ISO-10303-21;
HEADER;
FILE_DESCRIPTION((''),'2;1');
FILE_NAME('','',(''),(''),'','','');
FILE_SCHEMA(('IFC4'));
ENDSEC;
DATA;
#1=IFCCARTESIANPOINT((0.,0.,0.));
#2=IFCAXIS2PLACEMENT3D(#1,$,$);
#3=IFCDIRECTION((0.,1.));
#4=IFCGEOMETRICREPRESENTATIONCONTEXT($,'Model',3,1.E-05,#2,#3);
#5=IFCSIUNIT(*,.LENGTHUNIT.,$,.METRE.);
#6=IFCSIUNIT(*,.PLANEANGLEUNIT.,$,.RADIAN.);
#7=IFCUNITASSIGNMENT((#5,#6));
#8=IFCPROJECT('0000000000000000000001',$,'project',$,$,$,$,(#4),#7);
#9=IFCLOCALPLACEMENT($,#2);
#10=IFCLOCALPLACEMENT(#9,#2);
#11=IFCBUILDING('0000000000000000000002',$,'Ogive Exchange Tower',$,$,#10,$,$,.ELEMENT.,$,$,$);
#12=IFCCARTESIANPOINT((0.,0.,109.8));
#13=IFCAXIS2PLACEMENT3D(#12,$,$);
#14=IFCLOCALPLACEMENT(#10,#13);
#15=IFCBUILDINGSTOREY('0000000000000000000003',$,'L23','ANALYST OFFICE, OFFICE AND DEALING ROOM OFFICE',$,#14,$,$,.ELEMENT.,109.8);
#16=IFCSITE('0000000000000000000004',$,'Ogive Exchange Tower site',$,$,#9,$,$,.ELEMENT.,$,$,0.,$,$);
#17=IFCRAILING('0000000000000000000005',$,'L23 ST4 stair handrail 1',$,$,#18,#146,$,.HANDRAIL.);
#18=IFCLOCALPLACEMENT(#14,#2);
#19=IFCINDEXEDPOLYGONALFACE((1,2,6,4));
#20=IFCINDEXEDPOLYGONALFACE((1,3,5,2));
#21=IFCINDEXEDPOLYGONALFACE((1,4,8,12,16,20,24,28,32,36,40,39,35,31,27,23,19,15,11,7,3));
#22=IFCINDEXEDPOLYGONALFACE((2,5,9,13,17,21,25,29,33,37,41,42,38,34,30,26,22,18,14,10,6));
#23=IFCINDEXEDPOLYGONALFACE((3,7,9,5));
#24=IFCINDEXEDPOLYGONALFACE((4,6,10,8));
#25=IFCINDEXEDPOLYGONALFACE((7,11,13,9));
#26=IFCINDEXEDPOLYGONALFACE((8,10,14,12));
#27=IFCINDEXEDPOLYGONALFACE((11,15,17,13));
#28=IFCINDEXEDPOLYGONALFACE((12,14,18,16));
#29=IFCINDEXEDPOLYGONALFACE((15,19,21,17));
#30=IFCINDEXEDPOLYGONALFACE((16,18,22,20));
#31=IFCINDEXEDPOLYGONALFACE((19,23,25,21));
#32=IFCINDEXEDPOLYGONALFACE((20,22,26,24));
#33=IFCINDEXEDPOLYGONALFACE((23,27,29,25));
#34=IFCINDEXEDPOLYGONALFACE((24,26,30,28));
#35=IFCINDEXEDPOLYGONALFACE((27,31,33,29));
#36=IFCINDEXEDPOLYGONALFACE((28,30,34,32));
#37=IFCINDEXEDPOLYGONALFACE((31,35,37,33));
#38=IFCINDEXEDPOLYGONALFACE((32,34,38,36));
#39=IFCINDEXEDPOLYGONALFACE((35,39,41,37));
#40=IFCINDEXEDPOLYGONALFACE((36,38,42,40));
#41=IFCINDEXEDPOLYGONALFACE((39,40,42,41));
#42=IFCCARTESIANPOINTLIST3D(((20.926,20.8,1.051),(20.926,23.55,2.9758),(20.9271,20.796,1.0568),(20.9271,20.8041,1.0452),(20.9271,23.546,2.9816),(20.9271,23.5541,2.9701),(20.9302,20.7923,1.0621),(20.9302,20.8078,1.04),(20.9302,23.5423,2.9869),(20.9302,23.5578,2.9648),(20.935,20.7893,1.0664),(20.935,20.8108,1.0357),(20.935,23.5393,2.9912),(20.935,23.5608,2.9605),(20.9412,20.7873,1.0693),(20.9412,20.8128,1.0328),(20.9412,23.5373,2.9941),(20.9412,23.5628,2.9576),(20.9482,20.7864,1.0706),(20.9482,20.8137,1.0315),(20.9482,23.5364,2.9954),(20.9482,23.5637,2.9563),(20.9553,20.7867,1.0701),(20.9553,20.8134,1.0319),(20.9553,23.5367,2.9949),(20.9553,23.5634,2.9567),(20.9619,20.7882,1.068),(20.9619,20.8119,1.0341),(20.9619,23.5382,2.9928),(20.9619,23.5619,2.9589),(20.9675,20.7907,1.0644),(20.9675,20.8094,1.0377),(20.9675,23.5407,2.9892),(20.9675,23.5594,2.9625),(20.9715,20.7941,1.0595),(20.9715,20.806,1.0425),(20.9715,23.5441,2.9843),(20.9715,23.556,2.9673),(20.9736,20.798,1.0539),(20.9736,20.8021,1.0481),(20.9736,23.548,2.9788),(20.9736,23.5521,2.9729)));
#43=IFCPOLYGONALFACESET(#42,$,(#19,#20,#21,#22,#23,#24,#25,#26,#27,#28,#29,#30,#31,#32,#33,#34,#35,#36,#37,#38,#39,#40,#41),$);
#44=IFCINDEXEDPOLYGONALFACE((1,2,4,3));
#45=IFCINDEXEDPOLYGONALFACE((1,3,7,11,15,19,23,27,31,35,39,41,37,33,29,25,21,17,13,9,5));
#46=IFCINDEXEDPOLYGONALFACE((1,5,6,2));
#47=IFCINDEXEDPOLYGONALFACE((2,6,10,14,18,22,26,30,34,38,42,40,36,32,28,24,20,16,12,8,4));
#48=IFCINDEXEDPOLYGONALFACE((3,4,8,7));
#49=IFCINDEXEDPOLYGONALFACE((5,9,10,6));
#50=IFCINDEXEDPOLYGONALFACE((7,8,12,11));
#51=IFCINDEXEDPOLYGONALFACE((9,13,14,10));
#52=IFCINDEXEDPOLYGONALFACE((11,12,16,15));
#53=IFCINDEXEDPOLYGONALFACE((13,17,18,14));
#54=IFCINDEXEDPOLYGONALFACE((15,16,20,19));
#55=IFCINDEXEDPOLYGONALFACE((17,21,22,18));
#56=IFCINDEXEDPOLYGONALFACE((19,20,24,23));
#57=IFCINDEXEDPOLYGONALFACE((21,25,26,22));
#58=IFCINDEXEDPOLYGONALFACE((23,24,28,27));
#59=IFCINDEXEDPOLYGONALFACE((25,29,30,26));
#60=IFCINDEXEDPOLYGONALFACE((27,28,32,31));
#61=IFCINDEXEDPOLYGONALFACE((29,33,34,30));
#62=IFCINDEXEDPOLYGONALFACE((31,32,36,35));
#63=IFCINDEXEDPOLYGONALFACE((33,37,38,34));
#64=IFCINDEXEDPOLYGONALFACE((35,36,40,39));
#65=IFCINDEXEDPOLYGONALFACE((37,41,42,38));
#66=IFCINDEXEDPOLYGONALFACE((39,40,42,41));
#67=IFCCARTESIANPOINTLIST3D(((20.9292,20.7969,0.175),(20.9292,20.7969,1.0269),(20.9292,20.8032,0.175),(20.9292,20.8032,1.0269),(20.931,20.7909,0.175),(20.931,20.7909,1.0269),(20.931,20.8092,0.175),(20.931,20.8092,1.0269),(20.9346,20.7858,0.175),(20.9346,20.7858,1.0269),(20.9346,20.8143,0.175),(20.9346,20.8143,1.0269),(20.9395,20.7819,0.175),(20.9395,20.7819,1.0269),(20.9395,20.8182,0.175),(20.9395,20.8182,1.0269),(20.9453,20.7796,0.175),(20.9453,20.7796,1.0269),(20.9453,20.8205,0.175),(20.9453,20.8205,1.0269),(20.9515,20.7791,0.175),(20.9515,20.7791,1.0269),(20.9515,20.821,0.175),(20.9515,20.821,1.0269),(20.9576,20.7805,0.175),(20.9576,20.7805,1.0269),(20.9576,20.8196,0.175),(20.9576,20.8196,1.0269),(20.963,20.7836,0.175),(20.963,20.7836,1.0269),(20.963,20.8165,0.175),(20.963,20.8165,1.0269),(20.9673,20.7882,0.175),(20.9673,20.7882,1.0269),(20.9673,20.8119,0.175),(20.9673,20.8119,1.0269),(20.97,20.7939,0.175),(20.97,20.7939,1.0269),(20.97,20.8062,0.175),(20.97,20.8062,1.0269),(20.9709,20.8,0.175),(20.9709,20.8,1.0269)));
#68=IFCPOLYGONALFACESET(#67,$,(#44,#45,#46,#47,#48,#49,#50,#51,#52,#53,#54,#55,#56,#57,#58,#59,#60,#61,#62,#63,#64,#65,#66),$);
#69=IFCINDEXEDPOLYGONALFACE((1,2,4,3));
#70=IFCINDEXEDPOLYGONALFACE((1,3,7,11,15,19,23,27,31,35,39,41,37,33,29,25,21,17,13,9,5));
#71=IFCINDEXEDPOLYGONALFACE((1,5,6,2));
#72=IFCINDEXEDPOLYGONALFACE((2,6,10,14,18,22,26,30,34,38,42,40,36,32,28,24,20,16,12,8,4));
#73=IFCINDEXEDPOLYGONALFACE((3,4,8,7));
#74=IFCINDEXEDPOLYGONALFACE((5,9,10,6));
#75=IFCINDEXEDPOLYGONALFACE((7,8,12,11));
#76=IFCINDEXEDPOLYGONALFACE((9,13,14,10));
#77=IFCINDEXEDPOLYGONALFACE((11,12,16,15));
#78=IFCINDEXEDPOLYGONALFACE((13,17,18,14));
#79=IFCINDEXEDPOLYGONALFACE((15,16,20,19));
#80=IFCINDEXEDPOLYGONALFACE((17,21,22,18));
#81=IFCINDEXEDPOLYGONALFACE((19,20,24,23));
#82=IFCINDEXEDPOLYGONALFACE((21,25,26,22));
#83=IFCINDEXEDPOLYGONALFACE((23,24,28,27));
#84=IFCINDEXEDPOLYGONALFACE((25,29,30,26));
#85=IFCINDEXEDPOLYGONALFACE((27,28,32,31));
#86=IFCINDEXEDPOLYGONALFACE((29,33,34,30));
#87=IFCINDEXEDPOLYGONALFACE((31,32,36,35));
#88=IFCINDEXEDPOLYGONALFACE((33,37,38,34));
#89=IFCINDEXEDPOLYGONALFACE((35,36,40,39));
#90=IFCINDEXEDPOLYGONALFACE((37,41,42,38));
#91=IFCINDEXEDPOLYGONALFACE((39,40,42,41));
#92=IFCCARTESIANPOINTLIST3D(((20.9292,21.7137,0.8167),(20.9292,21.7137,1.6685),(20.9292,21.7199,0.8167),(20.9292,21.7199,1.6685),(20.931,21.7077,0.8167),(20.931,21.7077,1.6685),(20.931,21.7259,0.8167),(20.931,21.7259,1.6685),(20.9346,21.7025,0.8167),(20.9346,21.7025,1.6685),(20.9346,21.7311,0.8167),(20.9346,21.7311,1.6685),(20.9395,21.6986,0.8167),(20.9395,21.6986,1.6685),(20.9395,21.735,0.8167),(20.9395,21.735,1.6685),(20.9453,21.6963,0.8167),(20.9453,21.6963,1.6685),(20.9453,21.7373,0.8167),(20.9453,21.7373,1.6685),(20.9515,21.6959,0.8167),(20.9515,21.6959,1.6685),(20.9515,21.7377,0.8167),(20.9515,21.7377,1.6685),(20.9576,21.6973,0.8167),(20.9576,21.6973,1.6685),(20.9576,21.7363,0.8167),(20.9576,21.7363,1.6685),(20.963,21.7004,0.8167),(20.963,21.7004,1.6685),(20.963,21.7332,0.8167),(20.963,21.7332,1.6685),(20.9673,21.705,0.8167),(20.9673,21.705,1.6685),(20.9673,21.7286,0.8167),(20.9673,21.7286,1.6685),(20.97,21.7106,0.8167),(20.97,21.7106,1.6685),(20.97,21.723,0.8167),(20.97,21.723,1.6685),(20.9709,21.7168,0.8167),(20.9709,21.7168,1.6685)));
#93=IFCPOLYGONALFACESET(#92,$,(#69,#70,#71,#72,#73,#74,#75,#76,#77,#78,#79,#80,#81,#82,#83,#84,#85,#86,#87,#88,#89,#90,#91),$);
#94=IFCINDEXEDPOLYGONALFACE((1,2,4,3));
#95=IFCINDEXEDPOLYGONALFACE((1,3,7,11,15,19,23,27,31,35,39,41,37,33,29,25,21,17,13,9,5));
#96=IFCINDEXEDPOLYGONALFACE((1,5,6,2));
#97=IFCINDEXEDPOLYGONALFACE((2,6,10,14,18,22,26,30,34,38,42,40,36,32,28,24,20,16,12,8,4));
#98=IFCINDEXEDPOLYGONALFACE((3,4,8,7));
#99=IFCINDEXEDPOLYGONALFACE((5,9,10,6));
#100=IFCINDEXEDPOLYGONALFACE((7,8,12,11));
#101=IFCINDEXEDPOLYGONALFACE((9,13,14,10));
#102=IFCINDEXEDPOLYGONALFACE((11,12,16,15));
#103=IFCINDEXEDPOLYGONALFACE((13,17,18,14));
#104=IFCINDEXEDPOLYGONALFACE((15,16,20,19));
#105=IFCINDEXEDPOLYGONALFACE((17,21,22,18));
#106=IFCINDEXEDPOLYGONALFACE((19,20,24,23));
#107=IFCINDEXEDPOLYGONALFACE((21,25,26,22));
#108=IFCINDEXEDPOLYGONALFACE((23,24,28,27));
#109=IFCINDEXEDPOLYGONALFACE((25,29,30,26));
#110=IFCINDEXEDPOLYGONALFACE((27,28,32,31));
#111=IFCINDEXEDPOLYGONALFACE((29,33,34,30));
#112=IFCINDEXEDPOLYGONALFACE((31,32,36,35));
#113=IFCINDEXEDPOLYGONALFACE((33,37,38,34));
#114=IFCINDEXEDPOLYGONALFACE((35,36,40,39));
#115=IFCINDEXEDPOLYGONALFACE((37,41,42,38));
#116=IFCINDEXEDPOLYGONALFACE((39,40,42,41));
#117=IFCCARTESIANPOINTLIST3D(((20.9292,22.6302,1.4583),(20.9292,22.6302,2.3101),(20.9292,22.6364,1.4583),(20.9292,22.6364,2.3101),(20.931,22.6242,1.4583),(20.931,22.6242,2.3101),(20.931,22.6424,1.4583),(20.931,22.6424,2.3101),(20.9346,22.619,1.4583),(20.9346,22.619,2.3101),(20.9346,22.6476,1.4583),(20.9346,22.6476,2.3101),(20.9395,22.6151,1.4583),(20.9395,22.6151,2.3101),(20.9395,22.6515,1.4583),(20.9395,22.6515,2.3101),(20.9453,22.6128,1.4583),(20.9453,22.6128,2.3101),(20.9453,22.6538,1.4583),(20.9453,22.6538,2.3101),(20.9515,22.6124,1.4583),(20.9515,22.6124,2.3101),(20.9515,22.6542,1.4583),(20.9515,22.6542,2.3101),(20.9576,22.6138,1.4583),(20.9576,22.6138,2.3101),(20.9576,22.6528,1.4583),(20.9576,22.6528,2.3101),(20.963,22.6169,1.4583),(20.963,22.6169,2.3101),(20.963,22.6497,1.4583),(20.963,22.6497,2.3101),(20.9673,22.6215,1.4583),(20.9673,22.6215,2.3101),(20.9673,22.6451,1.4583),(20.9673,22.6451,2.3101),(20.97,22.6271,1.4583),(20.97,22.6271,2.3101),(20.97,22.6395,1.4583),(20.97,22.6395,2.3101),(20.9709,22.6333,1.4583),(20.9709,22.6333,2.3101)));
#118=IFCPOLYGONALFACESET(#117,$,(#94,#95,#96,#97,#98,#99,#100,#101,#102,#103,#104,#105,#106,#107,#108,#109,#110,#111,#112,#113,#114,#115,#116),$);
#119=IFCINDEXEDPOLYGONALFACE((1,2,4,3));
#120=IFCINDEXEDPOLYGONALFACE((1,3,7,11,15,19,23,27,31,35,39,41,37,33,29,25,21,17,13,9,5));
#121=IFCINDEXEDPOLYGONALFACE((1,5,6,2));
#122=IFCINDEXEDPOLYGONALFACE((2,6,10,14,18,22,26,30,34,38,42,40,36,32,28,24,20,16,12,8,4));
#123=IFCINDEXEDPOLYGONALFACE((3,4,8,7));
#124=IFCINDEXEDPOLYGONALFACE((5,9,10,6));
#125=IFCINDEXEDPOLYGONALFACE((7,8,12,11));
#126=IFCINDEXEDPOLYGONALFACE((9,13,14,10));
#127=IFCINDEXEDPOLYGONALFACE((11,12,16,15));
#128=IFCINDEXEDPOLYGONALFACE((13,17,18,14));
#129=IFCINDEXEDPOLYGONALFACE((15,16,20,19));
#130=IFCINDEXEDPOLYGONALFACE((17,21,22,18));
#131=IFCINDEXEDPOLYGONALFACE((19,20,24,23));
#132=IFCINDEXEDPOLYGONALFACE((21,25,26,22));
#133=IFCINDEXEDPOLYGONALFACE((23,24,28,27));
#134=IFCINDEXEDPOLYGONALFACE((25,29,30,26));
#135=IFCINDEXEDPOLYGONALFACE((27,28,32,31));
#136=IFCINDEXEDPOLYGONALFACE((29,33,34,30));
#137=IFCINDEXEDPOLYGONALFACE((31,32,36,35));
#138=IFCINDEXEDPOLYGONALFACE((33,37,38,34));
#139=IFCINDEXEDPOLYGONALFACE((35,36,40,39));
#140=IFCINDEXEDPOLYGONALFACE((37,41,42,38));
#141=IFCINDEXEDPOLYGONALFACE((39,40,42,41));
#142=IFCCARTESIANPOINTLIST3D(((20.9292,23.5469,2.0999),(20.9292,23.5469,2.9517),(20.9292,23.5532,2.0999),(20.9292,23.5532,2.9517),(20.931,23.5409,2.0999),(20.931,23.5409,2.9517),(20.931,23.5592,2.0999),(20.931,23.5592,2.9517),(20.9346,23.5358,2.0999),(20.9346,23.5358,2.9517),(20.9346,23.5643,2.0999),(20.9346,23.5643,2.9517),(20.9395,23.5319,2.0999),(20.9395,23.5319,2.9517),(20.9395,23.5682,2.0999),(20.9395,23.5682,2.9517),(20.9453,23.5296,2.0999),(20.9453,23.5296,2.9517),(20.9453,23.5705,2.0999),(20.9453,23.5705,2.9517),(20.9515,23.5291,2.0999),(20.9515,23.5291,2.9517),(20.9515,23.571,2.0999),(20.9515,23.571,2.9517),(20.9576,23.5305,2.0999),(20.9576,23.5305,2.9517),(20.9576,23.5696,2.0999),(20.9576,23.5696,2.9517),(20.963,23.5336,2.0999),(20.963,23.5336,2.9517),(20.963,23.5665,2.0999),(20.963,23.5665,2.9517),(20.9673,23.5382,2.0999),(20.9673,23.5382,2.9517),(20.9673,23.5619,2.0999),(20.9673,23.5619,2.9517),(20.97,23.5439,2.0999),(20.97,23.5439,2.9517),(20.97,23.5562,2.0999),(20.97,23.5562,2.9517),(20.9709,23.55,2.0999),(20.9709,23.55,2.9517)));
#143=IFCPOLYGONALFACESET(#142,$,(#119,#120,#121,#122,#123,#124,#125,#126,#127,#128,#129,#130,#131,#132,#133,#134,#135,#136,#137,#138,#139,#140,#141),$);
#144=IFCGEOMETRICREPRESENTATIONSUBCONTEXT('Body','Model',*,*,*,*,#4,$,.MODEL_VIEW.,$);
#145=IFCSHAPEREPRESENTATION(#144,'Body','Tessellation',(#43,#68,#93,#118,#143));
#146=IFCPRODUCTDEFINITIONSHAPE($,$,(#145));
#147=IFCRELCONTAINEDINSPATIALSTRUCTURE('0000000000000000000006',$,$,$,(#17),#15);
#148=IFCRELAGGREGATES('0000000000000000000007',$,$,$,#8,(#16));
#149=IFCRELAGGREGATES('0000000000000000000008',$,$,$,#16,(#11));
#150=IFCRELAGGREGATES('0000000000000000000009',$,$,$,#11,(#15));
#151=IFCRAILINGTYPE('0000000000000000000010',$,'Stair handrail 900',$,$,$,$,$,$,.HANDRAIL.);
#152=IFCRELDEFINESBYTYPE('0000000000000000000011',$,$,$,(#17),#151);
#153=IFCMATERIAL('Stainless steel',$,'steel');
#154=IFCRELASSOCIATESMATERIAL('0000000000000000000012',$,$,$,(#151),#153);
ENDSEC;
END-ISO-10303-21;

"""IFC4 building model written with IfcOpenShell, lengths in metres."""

from ifc_helpers import new_model, si_unit, direction, frame, origin, origin_2d, place, context, subcontext, project, spatial, circle, extrude, material, type_object, element, save


model = new_model("IFC4")

# Units and contexts
model_context = context("Model", 3, precision=1e-05, world=origin(), true_north=direction((0.0, 1.0)))
body_context = subcontext(model_context, "Body", "Model", "MODEL_VIEW")
ifc_project = project(units=[si_unit("LENGTHUNIT", "METRE"), si_unit("PLANEANGLEUNIT", "RADIAN")], contexts=[model_context])

# Site, building, storey
site_placement = place(None, origin())
site = spatial("IfcSite", under=ifc_project, at=site_placement, Name="Ogive Exchange Tower site", CompositionType="ELEMENT", RefElevation=0.0)
building_placement = place(site_placement, origin())
building = spatial("IfcBuilding", under=site, at=building_placement, Name="Ogive Exchange Tower", CompositionType="ELEMENT")
storey_placement = place(building_placement, frame((0.0, 0.0, 109.8)))
storey = spatial("IfcBuildingStorey", under=building, at=storey_placement, Name="L23", Description="ANALYST OFFICE, OFFICE AND DEALING ROOM OFFICE", CompositionType="ELEMENT", Elevation=109.8)

# Railing
ifc_material_1 = material(Name="Stainless steel", Category="steel")
railing_type = type_object("IfcRailingType", Name="Stair handrail 900", PredefinedType="HANDRAIL", material=ifc_material_1)
railing_placement = place(storey_placement, frame((20.95, 20.8, 0.175)))
element("IfcRailing", 1, at=railing_placement, inside=storey, type_object=railing_type, Name="L23 ST4 stair handrail 1", PredefinedType="HANDRAIL", context=body_context, shape_type="SweptSolid", body=[
    extrude(circle(Radius=0.0239, at=origin_2d()), frame((0.0, 0.0, 0.876), z_axis=(0.0, 0.819259, 0.573423), x_axis=(-1.0, 0.0, 0.0)), (0.0, 0.0, 1.0), 3.3567),
    extrude(circle(Radius=0.021, at=origin_2d()), origin(), (0.0, 0.0, 1.0), 0.8518),
    extrude(circle(Radius=0.021, at=origin_2d()), frame((0.0, 0.9167, 0.6416)), (0.0, 0.0, 1.0), 0.8518),
    extrude(circle(Radius=0.021, at=origin_2d()), frame((0.0, 1.8333, 1.2832)), (0.0, 0.0, 1.0), 0.8518),
    extrude(circle(Radius=0.021, at=origin_2d()), frame((0.0, 2.75, 1.9248)), (0.0, 0.0, 1.0), 0.8518),
])

save(model, "model.ifc")
